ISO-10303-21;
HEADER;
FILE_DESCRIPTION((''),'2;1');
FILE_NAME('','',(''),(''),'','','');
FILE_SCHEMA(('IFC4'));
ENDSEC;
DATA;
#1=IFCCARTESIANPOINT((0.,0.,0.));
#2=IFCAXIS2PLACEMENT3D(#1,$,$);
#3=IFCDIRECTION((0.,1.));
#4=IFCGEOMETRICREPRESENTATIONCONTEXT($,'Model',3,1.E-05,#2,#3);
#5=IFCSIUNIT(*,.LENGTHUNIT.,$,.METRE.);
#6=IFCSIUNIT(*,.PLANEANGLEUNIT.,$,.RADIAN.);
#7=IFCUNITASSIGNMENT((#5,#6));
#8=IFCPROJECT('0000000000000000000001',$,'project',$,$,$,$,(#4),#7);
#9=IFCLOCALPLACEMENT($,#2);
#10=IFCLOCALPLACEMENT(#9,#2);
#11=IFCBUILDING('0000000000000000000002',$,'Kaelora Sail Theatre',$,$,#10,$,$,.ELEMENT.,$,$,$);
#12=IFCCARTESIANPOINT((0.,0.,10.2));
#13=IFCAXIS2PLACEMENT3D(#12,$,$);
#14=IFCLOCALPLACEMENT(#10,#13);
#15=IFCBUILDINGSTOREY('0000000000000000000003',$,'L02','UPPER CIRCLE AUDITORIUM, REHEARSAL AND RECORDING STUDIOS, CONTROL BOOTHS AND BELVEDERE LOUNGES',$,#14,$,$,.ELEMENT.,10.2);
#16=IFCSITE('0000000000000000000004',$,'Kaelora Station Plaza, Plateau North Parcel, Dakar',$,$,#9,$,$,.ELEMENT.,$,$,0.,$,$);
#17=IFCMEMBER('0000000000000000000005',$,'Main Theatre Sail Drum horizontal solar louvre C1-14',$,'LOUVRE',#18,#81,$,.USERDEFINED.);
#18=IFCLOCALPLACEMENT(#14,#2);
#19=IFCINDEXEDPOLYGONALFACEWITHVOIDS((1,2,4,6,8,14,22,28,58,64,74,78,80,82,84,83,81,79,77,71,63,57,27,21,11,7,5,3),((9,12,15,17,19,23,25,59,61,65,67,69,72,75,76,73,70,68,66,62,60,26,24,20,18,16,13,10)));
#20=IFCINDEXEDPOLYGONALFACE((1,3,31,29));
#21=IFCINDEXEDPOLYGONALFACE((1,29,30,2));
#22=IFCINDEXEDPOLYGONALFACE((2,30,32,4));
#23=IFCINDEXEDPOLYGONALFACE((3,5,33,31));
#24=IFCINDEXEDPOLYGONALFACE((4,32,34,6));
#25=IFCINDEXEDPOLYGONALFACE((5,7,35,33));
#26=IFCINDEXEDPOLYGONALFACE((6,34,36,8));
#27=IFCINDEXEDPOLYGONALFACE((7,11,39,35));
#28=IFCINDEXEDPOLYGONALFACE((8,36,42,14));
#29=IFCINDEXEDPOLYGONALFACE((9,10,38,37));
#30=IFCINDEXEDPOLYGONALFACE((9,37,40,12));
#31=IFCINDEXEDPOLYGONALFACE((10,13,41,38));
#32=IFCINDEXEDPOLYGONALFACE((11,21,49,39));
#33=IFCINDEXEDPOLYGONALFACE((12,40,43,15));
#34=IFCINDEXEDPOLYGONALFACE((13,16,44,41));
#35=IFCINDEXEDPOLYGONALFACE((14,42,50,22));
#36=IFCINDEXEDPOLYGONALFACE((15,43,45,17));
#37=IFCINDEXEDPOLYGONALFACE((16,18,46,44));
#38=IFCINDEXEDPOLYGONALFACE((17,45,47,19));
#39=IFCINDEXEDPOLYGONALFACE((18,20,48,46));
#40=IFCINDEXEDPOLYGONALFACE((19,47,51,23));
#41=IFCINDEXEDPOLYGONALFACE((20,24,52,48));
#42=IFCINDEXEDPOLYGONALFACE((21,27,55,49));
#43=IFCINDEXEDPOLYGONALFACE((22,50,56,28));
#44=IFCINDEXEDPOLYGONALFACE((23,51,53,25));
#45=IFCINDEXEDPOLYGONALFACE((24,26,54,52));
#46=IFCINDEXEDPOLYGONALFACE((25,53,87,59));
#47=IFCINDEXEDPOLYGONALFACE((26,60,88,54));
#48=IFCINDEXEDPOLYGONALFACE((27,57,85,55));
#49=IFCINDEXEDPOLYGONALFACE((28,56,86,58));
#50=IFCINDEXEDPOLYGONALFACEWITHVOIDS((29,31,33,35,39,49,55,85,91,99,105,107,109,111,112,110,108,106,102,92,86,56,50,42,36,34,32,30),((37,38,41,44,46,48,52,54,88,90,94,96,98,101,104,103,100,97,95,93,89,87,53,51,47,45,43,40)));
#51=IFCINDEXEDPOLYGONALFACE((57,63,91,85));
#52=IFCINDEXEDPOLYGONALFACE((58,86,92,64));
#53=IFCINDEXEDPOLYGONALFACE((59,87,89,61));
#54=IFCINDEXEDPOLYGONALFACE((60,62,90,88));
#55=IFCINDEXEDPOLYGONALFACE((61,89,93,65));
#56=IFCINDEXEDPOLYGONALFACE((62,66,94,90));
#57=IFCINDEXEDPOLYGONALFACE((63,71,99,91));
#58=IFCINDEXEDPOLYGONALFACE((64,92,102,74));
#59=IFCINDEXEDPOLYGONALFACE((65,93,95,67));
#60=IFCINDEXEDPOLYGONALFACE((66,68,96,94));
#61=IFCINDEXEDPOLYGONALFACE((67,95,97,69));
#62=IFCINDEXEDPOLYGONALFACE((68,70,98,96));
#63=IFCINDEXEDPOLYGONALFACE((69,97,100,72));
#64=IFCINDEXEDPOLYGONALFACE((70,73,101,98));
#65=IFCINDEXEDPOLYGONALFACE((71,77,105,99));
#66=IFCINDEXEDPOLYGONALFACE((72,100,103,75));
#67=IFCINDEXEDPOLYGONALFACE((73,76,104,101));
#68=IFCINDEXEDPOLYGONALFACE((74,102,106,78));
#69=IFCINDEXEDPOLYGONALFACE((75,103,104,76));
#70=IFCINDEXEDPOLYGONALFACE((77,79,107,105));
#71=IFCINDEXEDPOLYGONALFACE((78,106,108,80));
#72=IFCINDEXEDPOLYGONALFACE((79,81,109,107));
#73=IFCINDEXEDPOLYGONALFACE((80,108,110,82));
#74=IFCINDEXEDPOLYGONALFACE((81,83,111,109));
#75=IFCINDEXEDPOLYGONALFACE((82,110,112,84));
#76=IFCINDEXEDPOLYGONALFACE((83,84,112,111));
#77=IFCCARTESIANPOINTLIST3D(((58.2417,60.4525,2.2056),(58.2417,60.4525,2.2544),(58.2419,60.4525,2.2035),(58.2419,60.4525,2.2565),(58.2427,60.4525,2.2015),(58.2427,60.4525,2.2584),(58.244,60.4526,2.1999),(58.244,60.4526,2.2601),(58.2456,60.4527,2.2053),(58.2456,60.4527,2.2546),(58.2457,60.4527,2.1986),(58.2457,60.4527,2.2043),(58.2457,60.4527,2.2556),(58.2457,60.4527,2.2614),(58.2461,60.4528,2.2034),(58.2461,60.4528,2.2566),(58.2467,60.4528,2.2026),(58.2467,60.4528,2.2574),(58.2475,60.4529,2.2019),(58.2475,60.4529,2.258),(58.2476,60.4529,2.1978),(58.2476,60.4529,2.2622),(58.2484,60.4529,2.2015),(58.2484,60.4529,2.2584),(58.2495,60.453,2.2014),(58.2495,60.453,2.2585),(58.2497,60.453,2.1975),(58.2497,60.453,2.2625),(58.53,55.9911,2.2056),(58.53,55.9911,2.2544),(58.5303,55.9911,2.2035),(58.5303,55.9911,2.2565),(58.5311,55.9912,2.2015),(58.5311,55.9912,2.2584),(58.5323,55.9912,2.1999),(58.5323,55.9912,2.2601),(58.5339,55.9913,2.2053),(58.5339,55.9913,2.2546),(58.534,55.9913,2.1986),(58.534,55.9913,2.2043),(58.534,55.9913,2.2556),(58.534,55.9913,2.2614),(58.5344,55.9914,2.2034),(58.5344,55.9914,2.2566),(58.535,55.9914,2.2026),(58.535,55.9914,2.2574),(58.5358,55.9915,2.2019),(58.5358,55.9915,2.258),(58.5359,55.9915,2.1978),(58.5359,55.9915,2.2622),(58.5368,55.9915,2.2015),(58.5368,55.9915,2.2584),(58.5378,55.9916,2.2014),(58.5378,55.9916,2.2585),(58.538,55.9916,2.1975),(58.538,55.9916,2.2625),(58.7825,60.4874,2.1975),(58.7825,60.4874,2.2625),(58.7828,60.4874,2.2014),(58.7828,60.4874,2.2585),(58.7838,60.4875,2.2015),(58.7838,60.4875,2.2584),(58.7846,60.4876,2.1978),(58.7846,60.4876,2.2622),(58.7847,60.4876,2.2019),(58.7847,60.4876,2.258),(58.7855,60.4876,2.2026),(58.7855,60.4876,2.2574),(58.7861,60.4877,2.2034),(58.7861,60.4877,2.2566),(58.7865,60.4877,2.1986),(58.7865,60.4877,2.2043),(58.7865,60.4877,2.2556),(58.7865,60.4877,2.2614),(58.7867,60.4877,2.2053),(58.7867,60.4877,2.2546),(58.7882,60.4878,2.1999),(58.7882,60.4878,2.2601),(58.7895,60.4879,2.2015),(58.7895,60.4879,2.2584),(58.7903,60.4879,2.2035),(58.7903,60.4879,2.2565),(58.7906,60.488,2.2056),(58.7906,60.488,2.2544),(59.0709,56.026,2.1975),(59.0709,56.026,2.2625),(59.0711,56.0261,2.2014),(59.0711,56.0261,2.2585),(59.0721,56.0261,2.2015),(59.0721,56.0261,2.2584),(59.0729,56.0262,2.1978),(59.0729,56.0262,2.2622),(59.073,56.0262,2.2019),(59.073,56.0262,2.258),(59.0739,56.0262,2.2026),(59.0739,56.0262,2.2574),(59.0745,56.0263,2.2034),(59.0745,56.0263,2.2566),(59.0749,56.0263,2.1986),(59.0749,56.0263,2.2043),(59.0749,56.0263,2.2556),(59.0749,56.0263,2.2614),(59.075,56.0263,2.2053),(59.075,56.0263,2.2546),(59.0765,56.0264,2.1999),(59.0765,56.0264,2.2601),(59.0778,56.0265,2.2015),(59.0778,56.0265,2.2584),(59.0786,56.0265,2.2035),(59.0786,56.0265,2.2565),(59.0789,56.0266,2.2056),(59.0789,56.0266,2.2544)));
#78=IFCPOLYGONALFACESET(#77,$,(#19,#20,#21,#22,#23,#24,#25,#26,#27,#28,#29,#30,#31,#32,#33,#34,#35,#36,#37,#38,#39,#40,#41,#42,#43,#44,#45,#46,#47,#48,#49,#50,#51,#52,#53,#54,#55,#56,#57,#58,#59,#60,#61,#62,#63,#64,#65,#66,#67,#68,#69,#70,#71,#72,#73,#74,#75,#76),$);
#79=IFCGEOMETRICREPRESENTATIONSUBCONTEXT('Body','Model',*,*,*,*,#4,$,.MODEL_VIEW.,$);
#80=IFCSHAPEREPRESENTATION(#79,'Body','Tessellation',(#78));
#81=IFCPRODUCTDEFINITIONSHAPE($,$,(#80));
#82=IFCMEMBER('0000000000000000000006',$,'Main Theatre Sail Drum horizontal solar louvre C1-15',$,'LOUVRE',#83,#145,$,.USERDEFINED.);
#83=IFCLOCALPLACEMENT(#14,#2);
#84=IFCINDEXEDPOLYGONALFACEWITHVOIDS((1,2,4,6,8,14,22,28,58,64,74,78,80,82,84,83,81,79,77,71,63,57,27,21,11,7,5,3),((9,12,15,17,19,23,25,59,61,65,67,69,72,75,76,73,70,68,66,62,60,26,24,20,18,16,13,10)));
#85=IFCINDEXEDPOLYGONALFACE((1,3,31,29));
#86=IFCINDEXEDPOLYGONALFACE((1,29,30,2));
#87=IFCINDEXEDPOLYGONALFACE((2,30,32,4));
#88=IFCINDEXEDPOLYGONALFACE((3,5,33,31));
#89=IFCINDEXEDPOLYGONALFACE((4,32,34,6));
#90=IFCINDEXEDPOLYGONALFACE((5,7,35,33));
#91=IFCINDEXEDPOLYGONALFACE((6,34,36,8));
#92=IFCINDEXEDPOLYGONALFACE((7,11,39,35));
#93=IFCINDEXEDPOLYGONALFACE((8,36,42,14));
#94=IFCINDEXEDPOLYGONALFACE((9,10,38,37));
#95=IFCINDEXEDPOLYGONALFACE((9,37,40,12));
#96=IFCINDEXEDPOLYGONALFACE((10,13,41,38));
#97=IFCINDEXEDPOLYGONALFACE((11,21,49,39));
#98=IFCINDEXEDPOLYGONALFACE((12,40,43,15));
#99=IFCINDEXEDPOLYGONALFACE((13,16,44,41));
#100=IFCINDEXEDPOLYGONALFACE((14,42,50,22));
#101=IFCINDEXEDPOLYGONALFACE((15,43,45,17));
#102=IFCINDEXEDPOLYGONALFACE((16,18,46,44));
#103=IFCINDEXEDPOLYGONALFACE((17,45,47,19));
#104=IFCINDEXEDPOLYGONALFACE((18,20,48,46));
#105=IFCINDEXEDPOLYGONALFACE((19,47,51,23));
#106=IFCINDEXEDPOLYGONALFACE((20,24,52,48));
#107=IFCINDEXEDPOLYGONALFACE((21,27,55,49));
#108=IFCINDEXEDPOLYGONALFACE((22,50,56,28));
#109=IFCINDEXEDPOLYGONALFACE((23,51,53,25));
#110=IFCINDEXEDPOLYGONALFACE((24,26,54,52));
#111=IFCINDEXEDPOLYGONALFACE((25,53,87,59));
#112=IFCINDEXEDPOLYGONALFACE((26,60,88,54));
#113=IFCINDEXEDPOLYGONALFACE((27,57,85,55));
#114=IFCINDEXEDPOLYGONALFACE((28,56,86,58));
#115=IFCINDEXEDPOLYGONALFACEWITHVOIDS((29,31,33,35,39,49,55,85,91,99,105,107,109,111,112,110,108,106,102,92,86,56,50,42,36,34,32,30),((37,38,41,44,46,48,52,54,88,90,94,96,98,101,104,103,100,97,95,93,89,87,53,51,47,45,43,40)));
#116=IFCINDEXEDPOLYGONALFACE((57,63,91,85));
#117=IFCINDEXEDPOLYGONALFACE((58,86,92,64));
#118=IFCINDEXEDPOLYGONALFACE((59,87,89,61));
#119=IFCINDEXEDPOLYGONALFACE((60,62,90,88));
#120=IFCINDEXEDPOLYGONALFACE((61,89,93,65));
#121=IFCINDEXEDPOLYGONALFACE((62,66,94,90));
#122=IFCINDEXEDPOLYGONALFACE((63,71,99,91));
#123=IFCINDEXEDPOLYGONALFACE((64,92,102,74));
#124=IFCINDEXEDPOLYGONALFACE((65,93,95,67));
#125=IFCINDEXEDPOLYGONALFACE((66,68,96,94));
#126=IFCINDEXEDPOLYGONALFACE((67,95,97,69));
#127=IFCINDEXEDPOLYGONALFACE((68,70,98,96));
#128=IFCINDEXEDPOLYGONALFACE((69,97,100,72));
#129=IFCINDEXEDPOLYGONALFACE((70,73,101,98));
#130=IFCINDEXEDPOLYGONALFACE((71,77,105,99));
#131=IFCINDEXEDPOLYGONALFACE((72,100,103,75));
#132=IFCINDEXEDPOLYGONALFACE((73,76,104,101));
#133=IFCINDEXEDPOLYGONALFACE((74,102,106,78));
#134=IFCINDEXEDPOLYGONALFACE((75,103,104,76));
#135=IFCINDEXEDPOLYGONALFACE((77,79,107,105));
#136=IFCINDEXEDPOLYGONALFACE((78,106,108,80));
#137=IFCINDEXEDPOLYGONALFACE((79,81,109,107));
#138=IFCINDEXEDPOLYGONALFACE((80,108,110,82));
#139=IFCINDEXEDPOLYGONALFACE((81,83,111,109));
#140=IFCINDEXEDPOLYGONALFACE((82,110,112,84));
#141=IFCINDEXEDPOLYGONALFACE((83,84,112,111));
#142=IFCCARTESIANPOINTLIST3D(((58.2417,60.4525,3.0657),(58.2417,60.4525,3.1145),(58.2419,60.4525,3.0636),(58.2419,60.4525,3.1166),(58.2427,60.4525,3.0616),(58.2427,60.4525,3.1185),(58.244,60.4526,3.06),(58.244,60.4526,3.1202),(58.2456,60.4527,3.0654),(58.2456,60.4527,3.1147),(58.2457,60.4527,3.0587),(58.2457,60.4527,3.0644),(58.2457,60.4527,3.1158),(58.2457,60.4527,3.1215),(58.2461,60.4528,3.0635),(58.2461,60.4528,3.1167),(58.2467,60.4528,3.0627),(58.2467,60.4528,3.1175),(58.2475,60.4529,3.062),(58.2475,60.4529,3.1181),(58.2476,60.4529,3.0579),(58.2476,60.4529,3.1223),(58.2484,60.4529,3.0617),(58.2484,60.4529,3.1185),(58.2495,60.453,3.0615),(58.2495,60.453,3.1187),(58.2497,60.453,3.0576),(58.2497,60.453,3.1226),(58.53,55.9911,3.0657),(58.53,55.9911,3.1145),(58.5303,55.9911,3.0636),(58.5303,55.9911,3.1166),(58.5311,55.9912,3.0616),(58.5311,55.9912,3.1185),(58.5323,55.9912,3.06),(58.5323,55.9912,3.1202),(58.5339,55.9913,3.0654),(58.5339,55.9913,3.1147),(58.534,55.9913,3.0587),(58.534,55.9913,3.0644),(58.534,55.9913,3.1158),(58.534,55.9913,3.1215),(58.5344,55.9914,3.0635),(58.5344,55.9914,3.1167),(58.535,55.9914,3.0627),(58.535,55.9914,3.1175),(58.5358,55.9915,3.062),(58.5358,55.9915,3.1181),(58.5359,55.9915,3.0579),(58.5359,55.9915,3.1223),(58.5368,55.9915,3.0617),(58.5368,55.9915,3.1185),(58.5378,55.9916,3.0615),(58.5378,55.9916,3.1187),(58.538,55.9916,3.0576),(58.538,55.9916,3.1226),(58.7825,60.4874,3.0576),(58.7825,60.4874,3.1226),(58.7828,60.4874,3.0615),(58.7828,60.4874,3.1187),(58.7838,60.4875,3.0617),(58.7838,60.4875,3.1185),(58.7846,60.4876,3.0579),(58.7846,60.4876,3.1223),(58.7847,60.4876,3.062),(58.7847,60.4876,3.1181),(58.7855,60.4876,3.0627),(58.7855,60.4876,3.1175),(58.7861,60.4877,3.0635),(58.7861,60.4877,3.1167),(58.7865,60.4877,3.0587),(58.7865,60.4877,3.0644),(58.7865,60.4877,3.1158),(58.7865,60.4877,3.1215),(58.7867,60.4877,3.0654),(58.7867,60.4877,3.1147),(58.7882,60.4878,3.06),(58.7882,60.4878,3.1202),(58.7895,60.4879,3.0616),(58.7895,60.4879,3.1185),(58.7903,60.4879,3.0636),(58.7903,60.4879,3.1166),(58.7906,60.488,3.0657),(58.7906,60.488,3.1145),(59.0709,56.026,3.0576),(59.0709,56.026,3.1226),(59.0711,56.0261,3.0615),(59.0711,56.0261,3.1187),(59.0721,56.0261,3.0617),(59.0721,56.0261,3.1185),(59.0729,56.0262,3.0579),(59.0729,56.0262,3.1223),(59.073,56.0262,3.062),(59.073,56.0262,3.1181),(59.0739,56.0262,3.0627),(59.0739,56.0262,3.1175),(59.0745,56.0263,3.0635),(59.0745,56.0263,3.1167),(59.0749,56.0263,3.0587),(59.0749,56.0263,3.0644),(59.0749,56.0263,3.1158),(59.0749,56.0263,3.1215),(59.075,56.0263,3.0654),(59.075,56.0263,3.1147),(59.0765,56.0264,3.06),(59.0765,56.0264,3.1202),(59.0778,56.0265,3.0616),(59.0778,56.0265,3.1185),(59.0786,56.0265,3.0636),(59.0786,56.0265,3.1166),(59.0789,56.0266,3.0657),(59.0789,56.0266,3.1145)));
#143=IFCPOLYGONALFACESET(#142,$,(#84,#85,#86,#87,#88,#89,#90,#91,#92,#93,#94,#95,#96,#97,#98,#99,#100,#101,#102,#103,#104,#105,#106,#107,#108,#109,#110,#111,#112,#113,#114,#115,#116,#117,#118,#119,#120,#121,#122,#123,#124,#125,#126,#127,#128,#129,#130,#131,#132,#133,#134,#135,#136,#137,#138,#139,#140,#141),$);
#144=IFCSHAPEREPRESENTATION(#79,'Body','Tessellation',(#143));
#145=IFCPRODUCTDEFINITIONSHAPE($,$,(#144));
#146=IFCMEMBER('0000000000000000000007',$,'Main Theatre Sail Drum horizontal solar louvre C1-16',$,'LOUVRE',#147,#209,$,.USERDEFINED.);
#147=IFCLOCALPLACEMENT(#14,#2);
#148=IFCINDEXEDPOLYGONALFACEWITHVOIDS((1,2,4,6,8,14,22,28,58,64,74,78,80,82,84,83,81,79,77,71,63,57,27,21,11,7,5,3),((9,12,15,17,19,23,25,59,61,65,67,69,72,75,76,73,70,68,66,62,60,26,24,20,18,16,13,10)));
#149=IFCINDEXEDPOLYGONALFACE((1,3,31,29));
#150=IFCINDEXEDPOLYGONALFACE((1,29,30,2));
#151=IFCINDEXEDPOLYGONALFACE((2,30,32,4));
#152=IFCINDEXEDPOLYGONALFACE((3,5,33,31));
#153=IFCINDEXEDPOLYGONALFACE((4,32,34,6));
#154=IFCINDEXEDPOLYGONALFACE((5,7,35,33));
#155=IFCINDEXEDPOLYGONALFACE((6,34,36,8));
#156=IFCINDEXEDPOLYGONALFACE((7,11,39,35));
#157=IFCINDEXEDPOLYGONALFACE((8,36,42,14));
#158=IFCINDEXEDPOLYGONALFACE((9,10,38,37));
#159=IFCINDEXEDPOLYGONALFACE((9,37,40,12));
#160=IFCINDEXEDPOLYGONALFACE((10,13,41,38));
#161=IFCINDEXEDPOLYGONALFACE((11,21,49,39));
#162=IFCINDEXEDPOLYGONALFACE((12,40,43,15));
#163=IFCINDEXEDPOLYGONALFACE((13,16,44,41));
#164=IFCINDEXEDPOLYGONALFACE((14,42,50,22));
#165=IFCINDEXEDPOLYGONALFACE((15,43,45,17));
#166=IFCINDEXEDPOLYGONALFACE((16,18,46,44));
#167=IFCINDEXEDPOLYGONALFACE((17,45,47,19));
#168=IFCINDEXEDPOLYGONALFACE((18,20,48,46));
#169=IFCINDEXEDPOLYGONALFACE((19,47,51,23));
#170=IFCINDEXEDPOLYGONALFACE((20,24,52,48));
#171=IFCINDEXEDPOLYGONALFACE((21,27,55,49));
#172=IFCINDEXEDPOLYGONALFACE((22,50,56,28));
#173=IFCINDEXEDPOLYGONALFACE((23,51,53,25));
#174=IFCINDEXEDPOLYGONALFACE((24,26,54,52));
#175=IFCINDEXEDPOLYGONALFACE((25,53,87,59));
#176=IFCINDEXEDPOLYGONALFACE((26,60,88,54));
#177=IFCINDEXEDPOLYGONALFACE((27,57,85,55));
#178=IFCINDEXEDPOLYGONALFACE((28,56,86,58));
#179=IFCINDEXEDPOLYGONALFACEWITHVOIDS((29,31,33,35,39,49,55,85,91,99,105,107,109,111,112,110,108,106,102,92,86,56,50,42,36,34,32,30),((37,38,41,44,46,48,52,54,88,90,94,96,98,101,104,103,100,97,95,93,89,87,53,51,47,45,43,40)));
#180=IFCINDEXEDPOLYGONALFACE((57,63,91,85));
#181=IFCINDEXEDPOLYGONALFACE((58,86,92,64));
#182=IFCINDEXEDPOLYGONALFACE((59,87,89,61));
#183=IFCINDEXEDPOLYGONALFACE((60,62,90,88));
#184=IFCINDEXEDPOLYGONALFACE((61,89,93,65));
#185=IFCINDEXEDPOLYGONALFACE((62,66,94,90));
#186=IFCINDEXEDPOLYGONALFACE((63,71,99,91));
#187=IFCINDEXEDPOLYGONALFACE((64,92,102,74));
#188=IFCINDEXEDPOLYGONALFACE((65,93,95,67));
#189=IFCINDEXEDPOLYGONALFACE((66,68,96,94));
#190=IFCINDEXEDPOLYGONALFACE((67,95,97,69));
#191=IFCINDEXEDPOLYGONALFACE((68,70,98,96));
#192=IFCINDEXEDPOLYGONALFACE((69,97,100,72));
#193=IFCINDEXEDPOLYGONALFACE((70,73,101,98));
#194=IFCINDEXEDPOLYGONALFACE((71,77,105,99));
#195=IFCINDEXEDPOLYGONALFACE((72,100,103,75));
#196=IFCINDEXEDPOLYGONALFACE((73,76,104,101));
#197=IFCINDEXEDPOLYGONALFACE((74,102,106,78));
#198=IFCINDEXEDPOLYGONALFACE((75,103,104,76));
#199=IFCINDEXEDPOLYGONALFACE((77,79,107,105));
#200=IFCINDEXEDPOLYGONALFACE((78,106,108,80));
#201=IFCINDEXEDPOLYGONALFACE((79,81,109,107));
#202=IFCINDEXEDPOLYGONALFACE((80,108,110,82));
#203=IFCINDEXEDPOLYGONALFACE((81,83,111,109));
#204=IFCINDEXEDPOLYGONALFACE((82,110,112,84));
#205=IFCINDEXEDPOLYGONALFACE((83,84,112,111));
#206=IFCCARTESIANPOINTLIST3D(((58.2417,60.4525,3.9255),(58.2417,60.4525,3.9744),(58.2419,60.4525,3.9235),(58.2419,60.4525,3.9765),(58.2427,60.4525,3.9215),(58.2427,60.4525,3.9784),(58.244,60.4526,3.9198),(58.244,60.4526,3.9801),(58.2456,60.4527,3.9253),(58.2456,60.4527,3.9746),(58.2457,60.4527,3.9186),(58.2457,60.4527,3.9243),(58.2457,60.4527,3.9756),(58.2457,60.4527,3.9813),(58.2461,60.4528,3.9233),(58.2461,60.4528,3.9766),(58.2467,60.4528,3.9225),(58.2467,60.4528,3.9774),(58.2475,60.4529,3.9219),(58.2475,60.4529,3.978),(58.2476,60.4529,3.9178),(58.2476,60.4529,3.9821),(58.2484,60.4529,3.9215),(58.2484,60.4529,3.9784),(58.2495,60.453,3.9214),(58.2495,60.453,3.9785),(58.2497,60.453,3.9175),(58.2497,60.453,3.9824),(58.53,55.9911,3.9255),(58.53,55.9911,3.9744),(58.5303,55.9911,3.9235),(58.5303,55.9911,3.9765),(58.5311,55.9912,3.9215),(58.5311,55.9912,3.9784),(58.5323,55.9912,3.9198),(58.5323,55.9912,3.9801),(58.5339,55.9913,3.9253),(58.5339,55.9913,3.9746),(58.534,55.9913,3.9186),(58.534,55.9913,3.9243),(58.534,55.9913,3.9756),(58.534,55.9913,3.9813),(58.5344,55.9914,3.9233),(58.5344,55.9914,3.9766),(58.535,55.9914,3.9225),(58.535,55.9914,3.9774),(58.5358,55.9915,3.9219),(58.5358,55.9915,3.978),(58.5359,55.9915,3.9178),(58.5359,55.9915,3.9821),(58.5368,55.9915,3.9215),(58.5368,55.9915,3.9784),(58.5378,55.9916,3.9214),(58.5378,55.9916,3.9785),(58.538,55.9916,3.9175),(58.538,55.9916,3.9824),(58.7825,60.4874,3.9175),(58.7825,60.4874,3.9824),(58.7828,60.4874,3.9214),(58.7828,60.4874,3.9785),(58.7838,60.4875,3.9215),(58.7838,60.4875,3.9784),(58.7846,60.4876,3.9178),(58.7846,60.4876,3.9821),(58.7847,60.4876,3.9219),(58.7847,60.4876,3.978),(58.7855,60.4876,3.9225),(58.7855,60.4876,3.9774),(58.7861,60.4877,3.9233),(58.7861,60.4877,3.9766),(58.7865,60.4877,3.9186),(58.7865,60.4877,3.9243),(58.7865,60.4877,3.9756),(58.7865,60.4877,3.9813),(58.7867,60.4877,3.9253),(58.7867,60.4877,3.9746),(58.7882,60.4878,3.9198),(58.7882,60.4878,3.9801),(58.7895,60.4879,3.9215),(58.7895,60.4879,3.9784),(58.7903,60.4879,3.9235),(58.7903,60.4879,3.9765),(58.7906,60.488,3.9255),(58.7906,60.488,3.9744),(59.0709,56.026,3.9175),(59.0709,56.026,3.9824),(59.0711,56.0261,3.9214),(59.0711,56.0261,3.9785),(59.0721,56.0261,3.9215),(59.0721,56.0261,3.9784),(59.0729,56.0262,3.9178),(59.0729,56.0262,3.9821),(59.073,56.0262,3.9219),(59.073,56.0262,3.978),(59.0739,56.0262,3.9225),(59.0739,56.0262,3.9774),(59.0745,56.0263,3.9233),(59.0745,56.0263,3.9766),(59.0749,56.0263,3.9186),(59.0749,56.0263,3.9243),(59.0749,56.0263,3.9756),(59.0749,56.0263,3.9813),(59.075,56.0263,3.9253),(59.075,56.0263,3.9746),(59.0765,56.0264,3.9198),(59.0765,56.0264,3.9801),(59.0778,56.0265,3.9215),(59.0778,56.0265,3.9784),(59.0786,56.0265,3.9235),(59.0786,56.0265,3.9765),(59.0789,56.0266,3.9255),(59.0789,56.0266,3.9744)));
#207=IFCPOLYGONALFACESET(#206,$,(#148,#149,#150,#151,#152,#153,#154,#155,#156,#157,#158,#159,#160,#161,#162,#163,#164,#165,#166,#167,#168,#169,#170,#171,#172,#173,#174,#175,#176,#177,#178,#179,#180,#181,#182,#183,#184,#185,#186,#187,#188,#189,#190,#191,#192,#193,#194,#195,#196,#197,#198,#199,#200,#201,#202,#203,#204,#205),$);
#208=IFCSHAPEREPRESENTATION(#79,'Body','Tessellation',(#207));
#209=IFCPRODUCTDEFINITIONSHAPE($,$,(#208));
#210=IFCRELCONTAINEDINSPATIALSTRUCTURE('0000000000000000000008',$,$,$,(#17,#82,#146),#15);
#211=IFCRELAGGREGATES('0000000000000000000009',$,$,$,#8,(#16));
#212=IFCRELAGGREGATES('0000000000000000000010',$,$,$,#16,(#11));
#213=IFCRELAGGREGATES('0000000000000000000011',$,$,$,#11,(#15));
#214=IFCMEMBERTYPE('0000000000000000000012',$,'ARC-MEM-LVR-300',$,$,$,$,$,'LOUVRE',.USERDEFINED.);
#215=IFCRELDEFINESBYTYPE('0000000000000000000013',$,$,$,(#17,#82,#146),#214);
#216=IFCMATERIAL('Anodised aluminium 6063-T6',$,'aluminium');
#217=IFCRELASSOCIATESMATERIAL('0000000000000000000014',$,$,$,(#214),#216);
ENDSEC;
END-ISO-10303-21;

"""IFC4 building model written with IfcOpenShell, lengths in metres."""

from ifc_helpers import new_model, si_unit, direction, frame, origin, origin_2d, place, context, subcontext, project, spatial, hollow_rectangle, extrude, material, material_profile, profile_set, type_object, element, save


model = new_model("IFC4")

# Units and contexts
model_context = context("Model", 3, precision=1e-05, world=origin(), true_north=direction((0.0, 1.0)))
body_context = subcontext(model_context, "Body", "Model", "MODEL_VIEW")
ifc_project = project(units=[si_unit("LENGTHUNIT", "METRE"), si_unit("PLANEANGLEUNIT", "RADIAN")], contexts=[model_context])

# Site, building, storey
site_placement = place(None, origin())
site = spatial("IfcSite", under=ifc_project, at=site_placement, Name="Kaelora Station Plaza, Plateau North Parcel, Dakar", CompositionType="ELEMENT", RefElevation=0.0)
building_placement = place(site_placement, origin())
building = spatial("IfcBuilding", under=site, at=building_placement, Name="Kaelora Sail Theatre", CompositionType="ELEMENT")
storey_placement = place(building_placement, frame((0.0, 0.0, 10.2)))
storey = spatial("IfcBuildingStorey", under=building, at=storey_placement, Name="L02", Description="UPPER CIRCLE AUDITORIUM, REHEARSAL AND RECORDING STUDIOS, CONTROL BOOTHS AND BELVEDERE LOUNGES", CompositionType="ELEMENT", Elevation=10.2)

# Members
ifc_material_1 = material(Name="Anodised aluminium 6063-T6", Category="aluminium")
ifc_material_profile_1 = material_profile(ifc_material_1, hollow_rectangle(XDim=0.55, YDim=0.0649, WallThickness=0.0039, InnerFilletRadius=0.0039, OuterFilletRadius=0.0081, at=origin_2d()), Name="LOUVRE 550x65x4")
ifc_profile_set_1 = profile_set([ifc_material_profile_1], Name="Anodised aluminium 6063-T6")
member_type_1 = type_object("IfcMemberType", Name="ARC-MEM-LVR-300", ElementType="LOUVRE", PredefinedType="USERDEFINED", material=ifc_profile_set_1)
for number, where, z_axis, x_axis, name in (
    (1, (58.5161, 60.4702, 2.23), (0.064493, -0.997918, 0.0), (0.997918, 0.064493, 0.0), "Main Theatre Sail Drum horizontal solar louvre C1-14"),
    (2, (58.5161, 60.4702, 3.0901), (0.064493, -0.997918, 0.0), (0.997918, 0.064493, 0.0), "Main Theatre Sail Drum horizontal solar louvre C1-15"),
    (3, (58.5161, 60.4702, 3.95), (0.064493, -0.997918, 0.0), (0.997918, 0.064493, 0.0), "Main Theatre Sail Drum horizontal solar louvre C1-16"),
):
    element("IfcMember", number, at=place(storey_placement, frame(where, z_axis=z_axis, x_axis=x_axis)), inside=storey, type_object=member_type_1, Name=name, ObjectType="LOUVRE", PredefinedType="USERDEFINED", context=body_context, shape_type="SweptSolid", body=[
        extrude(hollow_rectangle(XDim=0.55, YDim=0.0649, WallThickness=0.0039, InnerFilletRadius=0.0039, OuterFilletRadius=0.0081, at=origin_2d()), origin(), (0.0, 0.0, 1.0), 4.4707),
    ])

save(model, "model.ifc")
